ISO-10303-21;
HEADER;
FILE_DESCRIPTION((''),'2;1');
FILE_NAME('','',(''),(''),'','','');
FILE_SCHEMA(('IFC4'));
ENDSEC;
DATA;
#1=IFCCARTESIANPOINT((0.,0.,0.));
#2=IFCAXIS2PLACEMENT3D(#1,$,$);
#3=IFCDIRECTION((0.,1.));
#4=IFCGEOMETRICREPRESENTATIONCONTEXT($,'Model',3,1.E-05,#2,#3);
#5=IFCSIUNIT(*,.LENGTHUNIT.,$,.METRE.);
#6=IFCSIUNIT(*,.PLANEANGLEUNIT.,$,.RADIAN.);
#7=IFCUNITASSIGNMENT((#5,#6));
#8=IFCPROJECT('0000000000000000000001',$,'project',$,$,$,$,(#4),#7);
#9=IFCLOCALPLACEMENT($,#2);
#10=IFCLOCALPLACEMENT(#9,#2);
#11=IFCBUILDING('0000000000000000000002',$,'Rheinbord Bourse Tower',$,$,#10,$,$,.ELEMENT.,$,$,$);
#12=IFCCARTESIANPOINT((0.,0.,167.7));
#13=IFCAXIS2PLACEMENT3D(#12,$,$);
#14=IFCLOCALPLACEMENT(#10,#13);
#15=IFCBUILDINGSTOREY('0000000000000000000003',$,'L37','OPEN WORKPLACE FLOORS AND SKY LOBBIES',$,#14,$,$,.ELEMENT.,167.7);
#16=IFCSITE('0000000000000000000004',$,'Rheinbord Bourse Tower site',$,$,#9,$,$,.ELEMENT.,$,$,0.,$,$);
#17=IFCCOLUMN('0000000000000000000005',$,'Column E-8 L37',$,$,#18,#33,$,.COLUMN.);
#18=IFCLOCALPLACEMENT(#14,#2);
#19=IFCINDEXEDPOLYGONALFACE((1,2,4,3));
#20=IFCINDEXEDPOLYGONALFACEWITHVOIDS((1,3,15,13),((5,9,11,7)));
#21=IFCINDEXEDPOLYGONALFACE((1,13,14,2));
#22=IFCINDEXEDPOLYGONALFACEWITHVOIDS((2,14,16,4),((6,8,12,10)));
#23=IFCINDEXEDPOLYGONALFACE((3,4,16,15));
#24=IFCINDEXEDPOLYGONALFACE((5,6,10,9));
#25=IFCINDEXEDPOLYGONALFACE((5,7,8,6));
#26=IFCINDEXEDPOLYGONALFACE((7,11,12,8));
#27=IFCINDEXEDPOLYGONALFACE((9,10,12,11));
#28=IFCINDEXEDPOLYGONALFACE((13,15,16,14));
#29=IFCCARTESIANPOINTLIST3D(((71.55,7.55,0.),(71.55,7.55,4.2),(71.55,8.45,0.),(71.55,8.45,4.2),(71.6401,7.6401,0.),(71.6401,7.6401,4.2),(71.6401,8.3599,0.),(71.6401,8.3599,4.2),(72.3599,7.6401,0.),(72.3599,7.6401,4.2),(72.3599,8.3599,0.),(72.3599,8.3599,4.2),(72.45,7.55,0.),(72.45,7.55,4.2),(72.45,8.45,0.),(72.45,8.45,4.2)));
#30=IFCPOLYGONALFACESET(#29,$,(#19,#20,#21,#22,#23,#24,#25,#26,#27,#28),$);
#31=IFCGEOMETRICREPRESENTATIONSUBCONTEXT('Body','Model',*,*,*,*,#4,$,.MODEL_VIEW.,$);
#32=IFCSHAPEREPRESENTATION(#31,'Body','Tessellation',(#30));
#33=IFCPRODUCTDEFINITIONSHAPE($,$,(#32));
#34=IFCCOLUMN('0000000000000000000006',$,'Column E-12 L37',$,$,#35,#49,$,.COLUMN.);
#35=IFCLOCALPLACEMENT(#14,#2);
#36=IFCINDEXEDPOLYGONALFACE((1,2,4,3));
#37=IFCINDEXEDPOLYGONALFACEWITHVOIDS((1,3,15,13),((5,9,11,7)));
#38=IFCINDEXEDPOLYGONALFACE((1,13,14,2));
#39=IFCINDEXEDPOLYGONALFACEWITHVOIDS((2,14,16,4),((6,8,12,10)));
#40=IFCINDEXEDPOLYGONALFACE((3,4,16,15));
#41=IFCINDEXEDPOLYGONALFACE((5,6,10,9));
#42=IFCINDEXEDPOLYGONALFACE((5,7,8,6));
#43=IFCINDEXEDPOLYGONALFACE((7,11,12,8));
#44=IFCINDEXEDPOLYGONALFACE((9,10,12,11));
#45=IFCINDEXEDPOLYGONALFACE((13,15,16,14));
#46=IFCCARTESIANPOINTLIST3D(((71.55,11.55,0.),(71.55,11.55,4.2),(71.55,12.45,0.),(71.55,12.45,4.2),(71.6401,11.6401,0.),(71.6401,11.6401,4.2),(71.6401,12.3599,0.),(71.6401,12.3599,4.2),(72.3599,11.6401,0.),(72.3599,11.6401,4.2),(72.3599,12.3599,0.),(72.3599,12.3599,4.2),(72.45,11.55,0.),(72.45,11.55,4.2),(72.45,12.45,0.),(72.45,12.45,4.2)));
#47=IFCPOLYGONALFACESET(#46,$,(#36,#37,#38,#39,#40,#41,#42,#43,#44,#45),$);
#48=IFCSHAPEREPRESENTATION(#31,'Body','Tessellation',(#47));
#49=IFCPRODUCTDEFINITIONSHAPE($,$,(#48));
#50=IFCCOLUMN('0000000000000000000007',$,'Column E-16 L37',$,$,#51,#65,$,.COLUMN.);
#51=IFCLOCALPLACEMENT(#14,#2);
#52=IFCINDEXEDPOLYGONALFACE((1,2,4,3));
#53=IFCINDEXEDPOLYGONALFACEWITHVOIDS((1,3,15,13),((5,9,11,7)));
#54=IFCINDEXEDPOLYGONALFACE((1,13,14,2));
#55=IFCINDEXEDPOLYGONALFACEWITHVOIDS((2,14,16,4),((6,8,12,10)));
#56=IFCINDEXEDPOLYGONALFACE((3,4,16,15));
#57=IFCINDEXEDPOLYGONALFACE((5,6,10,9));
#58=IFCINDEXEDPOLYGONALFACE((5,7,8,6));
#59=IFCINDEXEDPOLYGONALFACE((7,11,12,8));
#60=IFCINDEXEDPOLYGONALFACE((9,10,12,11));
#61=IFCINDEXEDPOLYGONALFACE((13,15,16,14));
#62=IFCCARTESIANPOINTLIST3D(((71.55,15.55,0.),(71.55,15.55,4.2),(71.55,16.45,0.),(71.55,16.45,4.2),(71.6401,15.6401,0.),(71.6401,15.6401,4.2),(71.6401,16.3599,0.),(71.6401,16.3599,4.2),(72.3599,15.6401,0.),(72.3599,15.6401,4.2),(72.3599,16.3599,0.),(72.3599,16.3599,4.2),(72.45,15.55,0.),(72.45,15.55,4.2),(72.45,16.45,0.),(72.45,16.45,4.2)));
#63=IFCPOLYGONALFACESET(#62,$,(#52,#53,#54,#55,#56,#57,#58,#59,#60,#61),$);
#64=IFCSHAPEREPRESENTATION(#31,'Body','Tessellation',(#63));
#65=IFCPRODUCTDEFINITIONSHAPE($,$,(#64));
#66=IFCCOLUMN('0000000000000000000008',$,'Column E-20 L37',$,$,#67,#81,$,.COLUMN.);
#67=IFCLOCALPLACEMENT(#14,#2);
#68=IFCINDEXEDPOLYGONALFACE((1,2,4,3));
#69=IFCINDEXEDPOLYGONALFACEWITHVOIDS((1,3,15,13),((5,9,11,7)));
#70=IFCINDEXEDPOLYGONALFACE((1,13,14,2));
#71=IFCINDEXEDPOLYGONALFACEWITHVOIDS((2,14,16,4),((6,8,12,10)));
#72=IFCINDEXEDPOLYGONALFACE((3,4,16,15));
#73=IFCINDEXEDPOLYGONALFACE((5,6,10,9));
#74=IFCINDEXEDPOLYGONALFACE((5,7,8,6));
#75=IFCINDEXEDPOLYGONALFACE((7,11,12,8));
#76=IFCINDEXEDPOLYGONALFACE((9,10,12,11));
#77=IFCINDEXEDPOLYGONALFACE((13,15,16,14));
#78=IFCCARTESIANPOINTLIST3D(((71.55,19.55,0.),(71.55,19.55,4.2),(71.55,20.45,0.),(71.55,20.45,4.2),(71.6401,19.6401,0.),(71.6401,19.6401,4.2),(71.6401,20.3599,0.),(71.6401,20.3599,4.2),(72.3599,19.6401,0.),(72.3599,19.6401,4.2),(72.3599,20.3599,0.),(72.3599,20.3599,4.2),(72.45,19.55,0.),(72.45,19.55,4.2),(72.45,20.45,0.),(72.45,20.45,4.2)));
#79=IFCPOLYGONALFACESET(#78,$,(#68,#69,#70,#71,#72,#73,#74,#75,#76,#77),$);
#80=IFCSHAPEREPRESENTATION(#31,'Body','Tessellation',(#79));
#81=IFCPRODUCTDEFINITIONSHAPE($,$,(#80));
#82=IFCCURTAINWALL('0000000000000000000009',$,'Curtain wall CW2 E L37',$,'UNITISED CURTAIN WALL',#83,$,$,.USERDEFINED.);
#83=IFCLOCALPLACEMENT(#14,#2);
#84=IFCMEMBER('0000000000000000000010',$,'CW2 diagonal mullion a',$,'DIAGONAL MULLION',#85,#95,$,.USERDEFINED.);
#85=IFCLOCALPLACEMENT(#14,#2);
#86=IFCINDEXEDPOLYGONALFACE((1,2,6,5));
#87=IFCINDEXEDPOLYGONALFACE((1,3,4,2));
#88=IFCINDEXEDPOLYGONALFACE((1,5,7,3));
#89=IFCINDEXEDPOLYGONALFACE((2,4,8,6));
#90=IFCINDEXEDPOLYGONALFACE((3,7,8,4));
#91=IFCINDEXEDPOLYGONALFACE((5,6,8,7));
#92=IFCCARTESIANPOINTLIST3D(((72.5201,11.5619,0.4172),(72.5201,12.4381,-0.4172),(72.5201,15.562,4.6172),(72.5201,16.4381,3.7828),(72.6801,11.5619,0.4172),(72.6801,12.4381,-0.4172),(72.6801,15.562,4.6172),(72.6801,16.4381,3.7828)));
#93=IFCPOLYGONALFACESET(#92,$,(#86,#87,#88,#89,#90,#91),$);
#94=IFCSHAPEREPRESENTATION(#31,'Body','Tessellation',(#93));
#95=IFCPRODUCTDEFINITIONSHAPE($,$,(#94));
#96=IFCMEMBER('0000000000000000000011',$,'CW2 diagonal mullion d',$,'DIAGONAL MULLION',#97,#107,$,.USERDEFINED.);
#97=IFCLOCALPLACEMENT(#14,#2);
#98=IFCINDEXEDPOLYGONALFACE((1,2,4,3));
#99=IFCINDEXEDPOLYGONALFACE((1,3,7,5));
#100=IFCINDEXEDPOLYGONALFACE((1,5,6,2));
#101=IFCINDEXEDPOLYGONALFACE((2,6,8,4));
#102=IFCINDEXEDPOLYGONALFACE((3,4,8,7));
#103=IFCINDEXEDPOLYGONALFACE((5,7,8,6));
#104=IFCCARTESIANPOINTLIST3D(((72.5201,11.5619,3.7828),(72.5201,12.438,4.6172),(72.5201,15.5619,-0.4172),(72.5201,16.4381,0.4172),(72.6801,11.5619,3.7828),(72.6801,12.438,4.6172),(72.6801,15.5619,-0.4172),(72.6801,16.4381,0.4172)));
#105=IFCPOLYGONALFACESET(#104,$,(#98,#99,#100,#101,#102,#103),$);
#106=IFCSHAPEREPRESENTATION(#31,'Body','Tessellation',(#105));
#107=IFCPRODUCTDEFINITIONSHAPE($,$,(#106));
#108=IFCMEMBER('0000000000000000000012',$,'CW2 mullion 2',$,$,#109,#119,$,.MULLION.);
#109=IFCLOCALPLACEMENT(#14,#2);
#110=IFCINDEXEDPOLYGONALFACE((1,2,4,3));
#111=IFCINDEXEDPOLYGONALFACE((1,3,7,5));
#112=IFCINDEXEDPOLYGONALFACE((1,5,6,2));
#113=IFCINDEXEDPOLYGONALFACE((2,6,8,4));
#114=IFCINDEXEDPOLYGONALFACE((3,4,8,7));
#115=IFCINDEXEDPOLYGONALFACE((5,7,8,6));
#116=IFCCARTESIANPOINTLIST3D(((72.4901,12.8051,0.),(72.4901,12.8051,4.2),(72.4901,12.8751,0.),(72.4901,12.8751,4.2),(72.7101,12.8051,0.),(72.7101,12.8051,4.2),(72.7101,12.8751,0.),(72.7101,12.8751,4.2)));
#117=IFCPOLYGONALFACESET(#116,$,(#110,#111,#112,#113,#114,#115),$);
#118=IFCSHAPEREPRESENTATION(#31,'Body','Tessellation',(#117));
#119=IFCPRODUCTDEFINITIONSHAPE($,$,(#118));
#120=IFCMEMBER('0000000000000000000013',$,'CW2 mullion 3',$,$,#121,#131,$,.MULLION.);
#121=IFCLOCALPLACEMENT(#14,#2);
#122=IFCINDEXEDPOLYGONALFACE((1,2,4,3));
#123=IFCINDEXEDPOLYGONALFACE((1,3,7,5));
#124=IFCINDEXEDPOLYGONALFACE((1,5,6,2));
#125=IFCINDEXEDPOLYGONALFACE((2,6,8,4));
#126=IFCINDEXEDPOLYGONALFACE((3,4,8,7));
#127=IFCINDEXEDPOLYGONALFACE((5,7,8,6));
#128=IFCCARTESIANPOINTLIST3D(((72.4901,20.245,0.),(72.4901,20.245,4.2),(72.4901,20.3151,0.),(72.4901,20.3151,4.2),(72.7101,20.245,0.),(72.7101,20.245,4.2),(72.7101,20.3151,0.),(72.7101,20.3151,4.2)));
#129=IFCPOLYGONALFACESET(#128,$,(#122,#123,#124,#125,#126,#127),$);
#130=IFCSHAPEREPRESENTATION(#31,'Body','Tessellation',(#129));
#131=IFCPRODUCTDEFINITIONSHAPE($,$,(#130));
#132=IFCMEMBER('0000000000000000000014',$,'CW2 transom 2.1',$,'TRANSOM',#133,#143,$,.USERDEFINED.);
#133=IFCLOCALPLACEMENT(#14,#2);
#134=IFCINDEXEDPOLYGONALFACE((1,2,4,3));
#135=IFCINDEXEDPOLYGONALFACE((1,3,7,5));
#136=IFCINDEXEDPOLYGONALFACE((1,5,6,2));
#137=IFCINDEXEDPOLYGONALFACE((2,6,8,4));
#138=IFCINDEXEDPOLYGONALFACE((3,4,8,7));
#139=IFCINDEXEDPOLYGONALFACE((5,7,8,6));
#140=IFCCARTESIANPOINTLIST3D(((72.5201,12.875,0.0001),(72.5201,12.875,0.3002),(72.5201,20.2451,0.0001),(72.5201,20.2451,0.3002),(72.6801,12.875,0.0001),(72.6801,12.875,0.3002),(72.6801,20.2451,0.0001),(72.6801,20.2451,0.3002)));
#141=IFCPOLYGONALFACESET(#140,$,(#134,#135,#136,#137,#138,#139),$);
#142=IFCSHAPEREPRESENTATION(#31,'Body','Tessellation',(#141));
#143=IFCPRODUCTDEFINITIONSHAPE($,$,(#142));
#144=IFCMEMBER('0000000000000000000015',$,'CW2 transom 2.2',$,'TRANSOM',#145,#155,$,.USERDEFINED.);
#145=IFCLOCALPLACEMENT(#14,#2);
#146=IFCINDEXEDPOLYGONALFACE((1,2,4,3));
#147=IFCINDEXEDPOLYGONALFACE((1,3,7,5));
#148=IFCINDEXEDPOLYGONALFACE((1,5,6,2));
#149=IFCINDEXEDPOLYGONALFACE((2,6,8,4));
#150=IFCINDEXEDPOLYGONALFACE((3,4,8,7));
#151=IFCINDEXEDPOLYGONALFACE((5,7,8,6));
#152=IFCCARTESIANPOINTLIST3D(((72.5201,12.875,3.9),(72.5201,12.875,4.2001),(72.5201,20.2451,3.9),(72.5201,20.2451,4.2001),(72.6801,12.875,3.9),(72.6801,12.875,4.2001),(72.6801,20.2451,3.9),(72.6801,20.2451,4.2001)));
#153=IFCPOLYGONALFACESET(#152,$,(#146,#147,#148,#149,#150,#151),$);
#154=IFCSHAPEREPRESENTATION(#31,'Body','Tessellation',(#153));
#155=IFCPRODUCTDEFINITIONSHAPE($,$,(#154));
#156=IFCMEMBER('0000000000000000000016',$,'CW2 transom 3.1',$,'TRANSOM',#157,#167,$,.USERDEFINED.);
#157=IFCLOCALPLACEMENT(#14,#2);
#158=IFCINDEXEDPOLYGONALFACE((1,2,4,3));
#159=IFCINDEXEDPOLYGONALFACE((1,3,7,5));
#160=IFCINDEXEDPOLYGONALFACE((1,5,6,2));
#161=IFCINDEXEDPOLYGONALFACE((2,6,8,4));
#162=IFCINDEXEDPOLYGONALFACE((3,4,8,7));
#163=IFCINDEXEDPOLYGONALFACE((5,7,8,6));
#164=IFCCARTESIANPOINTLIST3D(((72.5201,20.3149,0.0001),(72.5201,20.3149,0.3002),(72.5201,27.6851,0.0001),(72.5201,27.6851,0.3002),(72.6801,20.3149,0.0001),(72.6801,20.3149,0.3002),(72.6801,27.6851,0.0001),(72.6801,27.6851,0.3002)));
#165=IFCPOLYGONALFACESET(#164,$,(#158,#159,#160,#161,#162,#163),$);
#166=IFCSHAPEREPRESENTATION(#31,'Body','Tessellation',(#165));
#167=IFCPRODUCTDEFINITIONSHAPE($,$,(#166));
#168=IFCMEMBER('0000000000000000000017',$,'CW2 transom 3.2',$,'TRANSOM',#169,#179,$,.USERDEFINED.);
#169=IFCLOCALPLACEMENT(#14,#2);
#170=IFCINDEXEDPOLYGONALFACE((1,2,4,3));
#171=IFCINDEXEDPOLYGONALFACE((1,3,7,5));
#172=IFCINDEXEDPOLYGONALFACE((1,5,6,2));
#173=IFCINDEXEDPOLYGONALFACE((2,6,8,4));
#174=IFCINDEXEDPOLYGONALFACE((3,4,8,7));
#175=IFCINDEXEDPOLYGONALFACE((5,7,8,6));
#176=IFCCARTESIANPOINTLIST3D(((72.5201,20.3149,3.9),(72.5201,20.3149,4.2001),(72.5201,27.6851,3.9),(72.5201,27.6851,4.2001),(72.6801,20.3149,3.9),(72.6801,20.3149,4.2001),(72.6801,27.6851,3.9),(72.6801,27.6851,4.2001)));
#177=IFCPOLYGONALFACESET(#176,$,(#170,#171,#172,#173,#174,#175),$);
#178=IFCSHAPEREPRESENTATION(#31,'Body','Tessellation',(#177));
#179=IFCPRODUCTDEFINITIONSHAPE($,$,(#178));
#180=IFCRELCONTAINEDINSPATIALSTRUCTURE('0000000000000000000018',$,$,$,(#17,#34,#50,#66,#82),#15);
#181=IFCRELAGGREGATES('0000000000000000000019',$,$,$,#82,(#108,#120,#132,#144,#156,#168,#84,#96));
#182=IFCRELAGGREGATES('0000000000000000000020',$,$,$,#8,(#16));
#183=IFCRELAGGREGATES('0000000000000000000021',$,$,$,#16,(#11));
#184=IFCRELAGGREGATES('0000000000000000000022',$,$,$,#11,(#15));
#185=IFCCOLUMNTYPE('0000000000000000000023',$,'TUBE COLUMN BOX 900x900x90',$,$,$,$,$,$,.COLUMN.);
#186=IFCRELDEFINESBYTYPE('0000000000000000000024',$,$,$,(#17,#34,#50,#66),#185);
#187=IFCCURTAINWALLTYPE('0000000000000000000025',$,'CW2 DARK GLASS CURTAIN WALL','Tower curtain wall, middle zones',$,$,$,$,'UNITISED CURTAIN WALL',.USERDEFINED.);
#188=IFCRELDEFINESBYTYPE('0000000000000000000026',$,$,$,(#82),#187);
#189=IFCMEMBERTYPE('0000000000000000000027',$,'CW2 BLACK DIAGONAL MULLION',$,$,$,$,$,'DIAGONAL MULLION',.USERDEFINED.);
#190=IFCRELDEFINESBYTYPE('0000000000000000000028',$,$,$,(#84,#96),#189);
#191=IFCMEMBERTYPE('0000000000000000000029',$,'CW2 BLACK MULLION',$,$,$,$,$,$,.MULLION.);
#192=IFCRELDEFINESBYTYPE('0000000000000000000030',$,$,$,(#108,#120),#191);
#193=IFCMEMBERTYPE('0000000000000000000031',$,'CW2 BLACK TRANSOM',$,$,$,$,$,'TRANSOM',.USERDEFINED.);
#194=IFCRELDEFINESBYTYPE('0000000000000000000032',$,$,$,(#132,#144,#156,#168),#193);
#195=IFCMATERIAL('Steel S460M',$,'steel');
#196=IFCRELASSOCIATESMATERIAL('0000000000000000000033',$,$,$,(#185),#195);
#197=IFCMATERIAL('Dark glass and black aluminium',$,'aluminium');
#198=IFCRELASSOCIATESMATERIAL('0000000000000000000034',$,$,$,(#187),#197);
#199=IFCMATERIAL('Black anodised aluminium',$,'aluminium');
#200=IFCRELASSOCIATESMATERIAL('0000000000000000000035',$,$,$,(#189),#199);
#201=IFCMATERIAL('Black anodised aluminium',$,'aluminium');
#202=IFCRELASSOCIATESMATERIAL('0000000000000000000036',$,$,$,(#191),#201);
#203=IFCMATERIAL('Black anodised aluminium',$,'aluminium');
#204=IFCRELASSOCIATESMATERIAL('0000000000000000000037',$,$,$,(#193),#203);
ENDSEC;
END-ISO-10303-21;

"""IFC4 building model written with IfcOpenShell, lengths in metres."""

from ifc_helpers import new_model, si_unit, direction, frame, origin, origin_2d, place, context, subcontext, project, spatial, rectangle, hollow_rectangle, extrude, material, material_profile, profile_set, type_object, element, aggregate, save


model = new_model("IFC4")

# Units and contexts
model_context = context("Model", 3, precision=1e-05, world=origin(), true_north=direction((0.0, 1.0)))
body_context = subcontext(model_context, "Body", "Model", "MODEL_VIEW")
ifc_project = project(units=[si_unit("LENGTHUNIT", "METRE"), si_unit("PLANEANGLEUNIT", "RADIAN")], contexts=[model_context])

# Site, building, storey
site_placement = place(None, origin())
site = spatial("IfcSite", under=ifc_project, at=site_placement, Name="Rheinbord Bourse Tower site", CompositionType="ELEMENT", RefElevation=0.0)
building_placement = place(site_placement, origin())
building = spatial("IfcBuilding", under=site, at=building_placement, Name="Rheinbord Bourse Tower", CompositionType="ELEMENT")
storey_placement = place(building_placement, frame((0.0, 0.0, 167.7)))
storey = spatial("IfcBuildingStorey", under=building, at=storey_placement, Name="L37", Description="OPEN WORKPLACE FLOORS AND SKY LOBBIES", CompositionType="ELEMENT", Elevation=167.7)

# Columns
ifc_material_1 = material(Name="Steel S460M", Category="steel")
ifc_material_profile_1 = material_profile(ifc_material_1, hollow_rectangle(XDim=0.8999, YDim=0.8999, WallThickness=0.0901, at=origin_2d()), Name="BOX 900x900x90")
ifc_profile_set_1 = profile_set([ifc_material_profile_1], Name="Steel S460M")
column_type = type_object("IfcColumnType", Name="TUBE COLUMN BOX 900x900x90", PredefinedType="COLUMN", material=ifc_profile_set_1)
for number, where, z_axis, x_axis, name in (
    (1, (72.0, 8.0, 0.0), (0.0, 0.0, 1.0), (1.0, 0.0, 0.0), "Column E-8 L37"),
    (2, (72.0, 12.0, 0.0), (0.0, 0.0, 1.0), (1.0, 0.0, 0.0), "Column E-12 L37"),
    (3, (72.0, 16.0, 0.0), (0.0, 0.0, 1.0), (1.0, 0.0, 0.0), "Column E-16 L37"),
    (4, (72.0, 20.0, 0.0), (0.0, 0.0, 1.0), (1.0, 0.0, 0.0), "Column E-20 L37"),
):
    element("IfcColumn", number, at=place(storey_placement, frame(where, z_axis=z_axis, x_axis=x_axis)), inside=storey, type_object=column_type, Name=name, PredefinedType="COLUMN", context=body_context, shape_type="SweptSolid", body=[
        extrude(hollow_rectangle(XDim=0.8999, YDim=0.8999, WallThickness=0.0901, at=origin_2d()), origin(), (0.0, 0.0, 1.0), 4.2),
    ])

# Curtain wall, members
ifc_material_2 = material(Name="Dark glass and black aluminium", Category="aluminium")
curtain_wall_type = type_object("IfcCurtainWallType", Name="CW2 DARK GLASS CURTAIN WALL", Description="Tower curtain wall, middle zones", ElementType="UNITISED CURTAIN WALL", PredefinedType="USERDEFINED", material=ifc_material_2)
curtain_wall_placement = place(storey_placement, origin())
curtain_wall = element("IfcCurtainWall", 5, at=curtain_wall_placement, inside=storey, type_object=curtain_wall_type, Name="Curtain wall CW2 E L37", ObjectType="UNITISED CURTAIN WALL", PredefinedType="USERDEFINED")
ifc_material_3 = material(Name="Black anodised aluminium", Category="aluminium")
ifc_material_profile_2 = material_profile(ifc_material_3, rectangle(XDim=0.1599, YDim=1.21, at=origin_2d()), Name="CW2 DIAGONAL MULLION 1210x160")
ifc_profile_set_2 = profile_set([ifc_material_profile_2], Name="Black anodised aluminium")
member_type_1 = type_object("IfcMemberType", Name="CW2 BLACK DIAGONAL MULLION", ElementType="DIAGONAL MULLION", PredefinedType="USERDEFINED", material=ifc_profile_set_2)
member_1_placement = place(storey_placement, frame((72.6001, 12.0, 0.0), z_axis=(0.0, 0.689659, 0.724134), x_axis=(-1.0, 0.0, 0.0)))
member_1 = element("IfcMember", 6, at=member_1_placement, type_object=member_type_1, Name="CW2 diagonal mullion a", ObjectType="DIAGONAL MULLION", PredefinedType="USERDEFINED", context=body_context, shape_type="SweptSolid", body=[
    extrude(rectangle(XDim=0.1599, YDim=1.21, at=origin_2d()), origin(), (0.0, 0.0, 1.0), 5.8),
])
member_2_placement = place(storey_placement, frame((72.6001, 16.0, 0.0), z_axis=(0.0, -0.689659, 0.724134), x_axis=(1.0, 0.0, 0.0)))
member_2 = element("IfcMember", 7, at=member_2_placement, type_object=member_type_1, Name="CW2 diagonal mullion d", ObjectType="DIAGONAL MULLION", PredefinedType="USERDEFINED", context=body_context, shape_type="SweptSolid", body=[
    extrude(rectangle(XDim=0.1599, YDim=1.21, at=origin_2d()), origin(), (0.0, 0.0, 1.0), 5.8),
])
ifc_material_4 = material(Name="Black anodised aluminium", Category="aluminium")
ifc_material_profile_3 = material_profile(ifc_material_4, rectangle(XDim=0.22, YDim=0.0701, at=origin_2d()), Name="CW2 MULLION 70x220")
ifc_profile_set_3 = profile_set([ifc_material_profile_3], Name="Black anodised aluminium")
member_type_2 = type_object("IfcMemberType", Name="CW2 BLACK MULLION", PredefinedType="MULLION", material=ifc_profile_set_3)
member_3_placement = place(storey_placement, frame((72.6001, 12.8401, 0.0), z_axis=(0.0, 0.0, 1.0), x_axis=(-1.0, 0.0, 0.0)))
member_3 = element("IfcMember", 8, at=member_3_placement, type_object=member_type_2, Name="CW2 mullion 2", PredefinedType="MULLION", context=body_context, shape_type="SweptSolid", body=[
    extrude(rectangle(XDim=0.22, YDim=0.0701, at=origin_2d()), origin(), (0.0, 0.0, 1.0), 4.2),
])
member_4_placement = place(storey_placement, frame((72.6001, 20.28, 0.0), z_axis=(0.0, 0.0, 1.0), x_axis=(-1.0, 0.0, 0.0)))
member_4 = element("IfcMember", 9, at=member_4_placement, type_object=member_type_2, Name="CW2 mullion 3", PredefinedType="MULLION", context=body_context, shape_type="SweptSolid", body=[
    extrude(rectangle(XDim=0.22, YDim=0.0701, at=origin_2d()), origin(), (0.0, 0.0, 1.0), 4.2),
])
ifc_material_5 = material(Name="Black anodised aluminium", Category="aluminium")
ifc_material_profile_4 = material_profile(ifc_material_5, rectangle(XDim=0.1599, YDim=0.3, at=origin_2d()), Name="CW2 TRANSOM 300x160")
ifc_profile_set_4 = profile_set([ifc_material_profile_4], Name="Black anodised aluminium")
member_type_3 = type_object("IfcMemberType", Name="CW2 BLACK TRANSOM", ElementType="TRANSOM", PredefinedType="USERDEFINED", material=ifc_profile_set_4)
member_5_placement = place(storey_placement, frame((72.6001, 12.875, 0.1501), z_axis=(0.0, 1.0, 0.0), x_axis=(-1.0, 0.0, 0.0)))
member_5 = element("IfcMember", 10, at=member_5_placement, type_object=member_type_3, Name="CW2 transom 2.1", ObjectType="TRANSOM", PredefinedType="USERDEFINED", context=body_context, shape_type="SweptSolid", body=[
    extrude(rectangle(XDim=0.1599, YDim=0.3, at=origin_2d()), origin(), (0.0, 0.0, 1.0), 7.3701),
])
member_6_placement = place(storey_placement, frame((72.6001, 12.875, 4.05), z_axis=(0.0, 1.0, 0.0), x_axis=(-1.0, 0.0, 0.0)))
member_6 = element("IfcMember", 11, at=member_6_placement, type_object=member_type_3, Name="CW2 transom 2.2", ObjectType="TRANSOM", PredefinedType="USERDEFINED", context=body_context, shape_type="SweptSolid", body=[
    extrude(rectangle(XDim=0.1599, YDim=0.3, at=origin_2d()), origin(), (0.0, 0.0, 1.0), 7.3701),
])
member_7_placement = place(storey_placement, frame((72.6001, 20.3149, 0.1501), z_axis=(0.0, 1.0, 0.0), x_axis=(-1.0, 0.0, 0.0)))
member_7 = element("IfcMember", 12, at=member_7_placement, type_object=member_type_3, Name="CW2 transom 3.1", ObjectType="TRANSOM", PredefinedType="USERDEFINED", context=body_context, shape_type="SweptSolid", body=[
    extrude(rectangle(XDim=0.1599, YDim=0.3, at=origin_2d()), origin(), (0.0, 0.0, 1.0), 7.3701),
])
member_8_placement = place(storey_placement, frame((72.6001, 20.3149, 4.05), z_axis=(0.0, 1.0, 0.0), x_axis=(-1.0, 0.0, 0.0)))
member_8 = element("IfcMember", 13, at=member_8_placement, type_object=member_type_3, Name="CW2 transom 3.2", ObjectType="TRANSOM", PredefinedType="USERDEFINED", context=body_context, shape_type="SweptSolid", body=[
    extrude(rectangle(XDim=0.1599, YDim=0.3, at=origin_2d()), origin(), (0.0, 0.0, 1.0), 7.3701),
])

aggregate(curtain_wall, [member_3, member_4, member_5, member_6, member_7, member_8, member_1, member_2])

save(model, "model.ifc")
